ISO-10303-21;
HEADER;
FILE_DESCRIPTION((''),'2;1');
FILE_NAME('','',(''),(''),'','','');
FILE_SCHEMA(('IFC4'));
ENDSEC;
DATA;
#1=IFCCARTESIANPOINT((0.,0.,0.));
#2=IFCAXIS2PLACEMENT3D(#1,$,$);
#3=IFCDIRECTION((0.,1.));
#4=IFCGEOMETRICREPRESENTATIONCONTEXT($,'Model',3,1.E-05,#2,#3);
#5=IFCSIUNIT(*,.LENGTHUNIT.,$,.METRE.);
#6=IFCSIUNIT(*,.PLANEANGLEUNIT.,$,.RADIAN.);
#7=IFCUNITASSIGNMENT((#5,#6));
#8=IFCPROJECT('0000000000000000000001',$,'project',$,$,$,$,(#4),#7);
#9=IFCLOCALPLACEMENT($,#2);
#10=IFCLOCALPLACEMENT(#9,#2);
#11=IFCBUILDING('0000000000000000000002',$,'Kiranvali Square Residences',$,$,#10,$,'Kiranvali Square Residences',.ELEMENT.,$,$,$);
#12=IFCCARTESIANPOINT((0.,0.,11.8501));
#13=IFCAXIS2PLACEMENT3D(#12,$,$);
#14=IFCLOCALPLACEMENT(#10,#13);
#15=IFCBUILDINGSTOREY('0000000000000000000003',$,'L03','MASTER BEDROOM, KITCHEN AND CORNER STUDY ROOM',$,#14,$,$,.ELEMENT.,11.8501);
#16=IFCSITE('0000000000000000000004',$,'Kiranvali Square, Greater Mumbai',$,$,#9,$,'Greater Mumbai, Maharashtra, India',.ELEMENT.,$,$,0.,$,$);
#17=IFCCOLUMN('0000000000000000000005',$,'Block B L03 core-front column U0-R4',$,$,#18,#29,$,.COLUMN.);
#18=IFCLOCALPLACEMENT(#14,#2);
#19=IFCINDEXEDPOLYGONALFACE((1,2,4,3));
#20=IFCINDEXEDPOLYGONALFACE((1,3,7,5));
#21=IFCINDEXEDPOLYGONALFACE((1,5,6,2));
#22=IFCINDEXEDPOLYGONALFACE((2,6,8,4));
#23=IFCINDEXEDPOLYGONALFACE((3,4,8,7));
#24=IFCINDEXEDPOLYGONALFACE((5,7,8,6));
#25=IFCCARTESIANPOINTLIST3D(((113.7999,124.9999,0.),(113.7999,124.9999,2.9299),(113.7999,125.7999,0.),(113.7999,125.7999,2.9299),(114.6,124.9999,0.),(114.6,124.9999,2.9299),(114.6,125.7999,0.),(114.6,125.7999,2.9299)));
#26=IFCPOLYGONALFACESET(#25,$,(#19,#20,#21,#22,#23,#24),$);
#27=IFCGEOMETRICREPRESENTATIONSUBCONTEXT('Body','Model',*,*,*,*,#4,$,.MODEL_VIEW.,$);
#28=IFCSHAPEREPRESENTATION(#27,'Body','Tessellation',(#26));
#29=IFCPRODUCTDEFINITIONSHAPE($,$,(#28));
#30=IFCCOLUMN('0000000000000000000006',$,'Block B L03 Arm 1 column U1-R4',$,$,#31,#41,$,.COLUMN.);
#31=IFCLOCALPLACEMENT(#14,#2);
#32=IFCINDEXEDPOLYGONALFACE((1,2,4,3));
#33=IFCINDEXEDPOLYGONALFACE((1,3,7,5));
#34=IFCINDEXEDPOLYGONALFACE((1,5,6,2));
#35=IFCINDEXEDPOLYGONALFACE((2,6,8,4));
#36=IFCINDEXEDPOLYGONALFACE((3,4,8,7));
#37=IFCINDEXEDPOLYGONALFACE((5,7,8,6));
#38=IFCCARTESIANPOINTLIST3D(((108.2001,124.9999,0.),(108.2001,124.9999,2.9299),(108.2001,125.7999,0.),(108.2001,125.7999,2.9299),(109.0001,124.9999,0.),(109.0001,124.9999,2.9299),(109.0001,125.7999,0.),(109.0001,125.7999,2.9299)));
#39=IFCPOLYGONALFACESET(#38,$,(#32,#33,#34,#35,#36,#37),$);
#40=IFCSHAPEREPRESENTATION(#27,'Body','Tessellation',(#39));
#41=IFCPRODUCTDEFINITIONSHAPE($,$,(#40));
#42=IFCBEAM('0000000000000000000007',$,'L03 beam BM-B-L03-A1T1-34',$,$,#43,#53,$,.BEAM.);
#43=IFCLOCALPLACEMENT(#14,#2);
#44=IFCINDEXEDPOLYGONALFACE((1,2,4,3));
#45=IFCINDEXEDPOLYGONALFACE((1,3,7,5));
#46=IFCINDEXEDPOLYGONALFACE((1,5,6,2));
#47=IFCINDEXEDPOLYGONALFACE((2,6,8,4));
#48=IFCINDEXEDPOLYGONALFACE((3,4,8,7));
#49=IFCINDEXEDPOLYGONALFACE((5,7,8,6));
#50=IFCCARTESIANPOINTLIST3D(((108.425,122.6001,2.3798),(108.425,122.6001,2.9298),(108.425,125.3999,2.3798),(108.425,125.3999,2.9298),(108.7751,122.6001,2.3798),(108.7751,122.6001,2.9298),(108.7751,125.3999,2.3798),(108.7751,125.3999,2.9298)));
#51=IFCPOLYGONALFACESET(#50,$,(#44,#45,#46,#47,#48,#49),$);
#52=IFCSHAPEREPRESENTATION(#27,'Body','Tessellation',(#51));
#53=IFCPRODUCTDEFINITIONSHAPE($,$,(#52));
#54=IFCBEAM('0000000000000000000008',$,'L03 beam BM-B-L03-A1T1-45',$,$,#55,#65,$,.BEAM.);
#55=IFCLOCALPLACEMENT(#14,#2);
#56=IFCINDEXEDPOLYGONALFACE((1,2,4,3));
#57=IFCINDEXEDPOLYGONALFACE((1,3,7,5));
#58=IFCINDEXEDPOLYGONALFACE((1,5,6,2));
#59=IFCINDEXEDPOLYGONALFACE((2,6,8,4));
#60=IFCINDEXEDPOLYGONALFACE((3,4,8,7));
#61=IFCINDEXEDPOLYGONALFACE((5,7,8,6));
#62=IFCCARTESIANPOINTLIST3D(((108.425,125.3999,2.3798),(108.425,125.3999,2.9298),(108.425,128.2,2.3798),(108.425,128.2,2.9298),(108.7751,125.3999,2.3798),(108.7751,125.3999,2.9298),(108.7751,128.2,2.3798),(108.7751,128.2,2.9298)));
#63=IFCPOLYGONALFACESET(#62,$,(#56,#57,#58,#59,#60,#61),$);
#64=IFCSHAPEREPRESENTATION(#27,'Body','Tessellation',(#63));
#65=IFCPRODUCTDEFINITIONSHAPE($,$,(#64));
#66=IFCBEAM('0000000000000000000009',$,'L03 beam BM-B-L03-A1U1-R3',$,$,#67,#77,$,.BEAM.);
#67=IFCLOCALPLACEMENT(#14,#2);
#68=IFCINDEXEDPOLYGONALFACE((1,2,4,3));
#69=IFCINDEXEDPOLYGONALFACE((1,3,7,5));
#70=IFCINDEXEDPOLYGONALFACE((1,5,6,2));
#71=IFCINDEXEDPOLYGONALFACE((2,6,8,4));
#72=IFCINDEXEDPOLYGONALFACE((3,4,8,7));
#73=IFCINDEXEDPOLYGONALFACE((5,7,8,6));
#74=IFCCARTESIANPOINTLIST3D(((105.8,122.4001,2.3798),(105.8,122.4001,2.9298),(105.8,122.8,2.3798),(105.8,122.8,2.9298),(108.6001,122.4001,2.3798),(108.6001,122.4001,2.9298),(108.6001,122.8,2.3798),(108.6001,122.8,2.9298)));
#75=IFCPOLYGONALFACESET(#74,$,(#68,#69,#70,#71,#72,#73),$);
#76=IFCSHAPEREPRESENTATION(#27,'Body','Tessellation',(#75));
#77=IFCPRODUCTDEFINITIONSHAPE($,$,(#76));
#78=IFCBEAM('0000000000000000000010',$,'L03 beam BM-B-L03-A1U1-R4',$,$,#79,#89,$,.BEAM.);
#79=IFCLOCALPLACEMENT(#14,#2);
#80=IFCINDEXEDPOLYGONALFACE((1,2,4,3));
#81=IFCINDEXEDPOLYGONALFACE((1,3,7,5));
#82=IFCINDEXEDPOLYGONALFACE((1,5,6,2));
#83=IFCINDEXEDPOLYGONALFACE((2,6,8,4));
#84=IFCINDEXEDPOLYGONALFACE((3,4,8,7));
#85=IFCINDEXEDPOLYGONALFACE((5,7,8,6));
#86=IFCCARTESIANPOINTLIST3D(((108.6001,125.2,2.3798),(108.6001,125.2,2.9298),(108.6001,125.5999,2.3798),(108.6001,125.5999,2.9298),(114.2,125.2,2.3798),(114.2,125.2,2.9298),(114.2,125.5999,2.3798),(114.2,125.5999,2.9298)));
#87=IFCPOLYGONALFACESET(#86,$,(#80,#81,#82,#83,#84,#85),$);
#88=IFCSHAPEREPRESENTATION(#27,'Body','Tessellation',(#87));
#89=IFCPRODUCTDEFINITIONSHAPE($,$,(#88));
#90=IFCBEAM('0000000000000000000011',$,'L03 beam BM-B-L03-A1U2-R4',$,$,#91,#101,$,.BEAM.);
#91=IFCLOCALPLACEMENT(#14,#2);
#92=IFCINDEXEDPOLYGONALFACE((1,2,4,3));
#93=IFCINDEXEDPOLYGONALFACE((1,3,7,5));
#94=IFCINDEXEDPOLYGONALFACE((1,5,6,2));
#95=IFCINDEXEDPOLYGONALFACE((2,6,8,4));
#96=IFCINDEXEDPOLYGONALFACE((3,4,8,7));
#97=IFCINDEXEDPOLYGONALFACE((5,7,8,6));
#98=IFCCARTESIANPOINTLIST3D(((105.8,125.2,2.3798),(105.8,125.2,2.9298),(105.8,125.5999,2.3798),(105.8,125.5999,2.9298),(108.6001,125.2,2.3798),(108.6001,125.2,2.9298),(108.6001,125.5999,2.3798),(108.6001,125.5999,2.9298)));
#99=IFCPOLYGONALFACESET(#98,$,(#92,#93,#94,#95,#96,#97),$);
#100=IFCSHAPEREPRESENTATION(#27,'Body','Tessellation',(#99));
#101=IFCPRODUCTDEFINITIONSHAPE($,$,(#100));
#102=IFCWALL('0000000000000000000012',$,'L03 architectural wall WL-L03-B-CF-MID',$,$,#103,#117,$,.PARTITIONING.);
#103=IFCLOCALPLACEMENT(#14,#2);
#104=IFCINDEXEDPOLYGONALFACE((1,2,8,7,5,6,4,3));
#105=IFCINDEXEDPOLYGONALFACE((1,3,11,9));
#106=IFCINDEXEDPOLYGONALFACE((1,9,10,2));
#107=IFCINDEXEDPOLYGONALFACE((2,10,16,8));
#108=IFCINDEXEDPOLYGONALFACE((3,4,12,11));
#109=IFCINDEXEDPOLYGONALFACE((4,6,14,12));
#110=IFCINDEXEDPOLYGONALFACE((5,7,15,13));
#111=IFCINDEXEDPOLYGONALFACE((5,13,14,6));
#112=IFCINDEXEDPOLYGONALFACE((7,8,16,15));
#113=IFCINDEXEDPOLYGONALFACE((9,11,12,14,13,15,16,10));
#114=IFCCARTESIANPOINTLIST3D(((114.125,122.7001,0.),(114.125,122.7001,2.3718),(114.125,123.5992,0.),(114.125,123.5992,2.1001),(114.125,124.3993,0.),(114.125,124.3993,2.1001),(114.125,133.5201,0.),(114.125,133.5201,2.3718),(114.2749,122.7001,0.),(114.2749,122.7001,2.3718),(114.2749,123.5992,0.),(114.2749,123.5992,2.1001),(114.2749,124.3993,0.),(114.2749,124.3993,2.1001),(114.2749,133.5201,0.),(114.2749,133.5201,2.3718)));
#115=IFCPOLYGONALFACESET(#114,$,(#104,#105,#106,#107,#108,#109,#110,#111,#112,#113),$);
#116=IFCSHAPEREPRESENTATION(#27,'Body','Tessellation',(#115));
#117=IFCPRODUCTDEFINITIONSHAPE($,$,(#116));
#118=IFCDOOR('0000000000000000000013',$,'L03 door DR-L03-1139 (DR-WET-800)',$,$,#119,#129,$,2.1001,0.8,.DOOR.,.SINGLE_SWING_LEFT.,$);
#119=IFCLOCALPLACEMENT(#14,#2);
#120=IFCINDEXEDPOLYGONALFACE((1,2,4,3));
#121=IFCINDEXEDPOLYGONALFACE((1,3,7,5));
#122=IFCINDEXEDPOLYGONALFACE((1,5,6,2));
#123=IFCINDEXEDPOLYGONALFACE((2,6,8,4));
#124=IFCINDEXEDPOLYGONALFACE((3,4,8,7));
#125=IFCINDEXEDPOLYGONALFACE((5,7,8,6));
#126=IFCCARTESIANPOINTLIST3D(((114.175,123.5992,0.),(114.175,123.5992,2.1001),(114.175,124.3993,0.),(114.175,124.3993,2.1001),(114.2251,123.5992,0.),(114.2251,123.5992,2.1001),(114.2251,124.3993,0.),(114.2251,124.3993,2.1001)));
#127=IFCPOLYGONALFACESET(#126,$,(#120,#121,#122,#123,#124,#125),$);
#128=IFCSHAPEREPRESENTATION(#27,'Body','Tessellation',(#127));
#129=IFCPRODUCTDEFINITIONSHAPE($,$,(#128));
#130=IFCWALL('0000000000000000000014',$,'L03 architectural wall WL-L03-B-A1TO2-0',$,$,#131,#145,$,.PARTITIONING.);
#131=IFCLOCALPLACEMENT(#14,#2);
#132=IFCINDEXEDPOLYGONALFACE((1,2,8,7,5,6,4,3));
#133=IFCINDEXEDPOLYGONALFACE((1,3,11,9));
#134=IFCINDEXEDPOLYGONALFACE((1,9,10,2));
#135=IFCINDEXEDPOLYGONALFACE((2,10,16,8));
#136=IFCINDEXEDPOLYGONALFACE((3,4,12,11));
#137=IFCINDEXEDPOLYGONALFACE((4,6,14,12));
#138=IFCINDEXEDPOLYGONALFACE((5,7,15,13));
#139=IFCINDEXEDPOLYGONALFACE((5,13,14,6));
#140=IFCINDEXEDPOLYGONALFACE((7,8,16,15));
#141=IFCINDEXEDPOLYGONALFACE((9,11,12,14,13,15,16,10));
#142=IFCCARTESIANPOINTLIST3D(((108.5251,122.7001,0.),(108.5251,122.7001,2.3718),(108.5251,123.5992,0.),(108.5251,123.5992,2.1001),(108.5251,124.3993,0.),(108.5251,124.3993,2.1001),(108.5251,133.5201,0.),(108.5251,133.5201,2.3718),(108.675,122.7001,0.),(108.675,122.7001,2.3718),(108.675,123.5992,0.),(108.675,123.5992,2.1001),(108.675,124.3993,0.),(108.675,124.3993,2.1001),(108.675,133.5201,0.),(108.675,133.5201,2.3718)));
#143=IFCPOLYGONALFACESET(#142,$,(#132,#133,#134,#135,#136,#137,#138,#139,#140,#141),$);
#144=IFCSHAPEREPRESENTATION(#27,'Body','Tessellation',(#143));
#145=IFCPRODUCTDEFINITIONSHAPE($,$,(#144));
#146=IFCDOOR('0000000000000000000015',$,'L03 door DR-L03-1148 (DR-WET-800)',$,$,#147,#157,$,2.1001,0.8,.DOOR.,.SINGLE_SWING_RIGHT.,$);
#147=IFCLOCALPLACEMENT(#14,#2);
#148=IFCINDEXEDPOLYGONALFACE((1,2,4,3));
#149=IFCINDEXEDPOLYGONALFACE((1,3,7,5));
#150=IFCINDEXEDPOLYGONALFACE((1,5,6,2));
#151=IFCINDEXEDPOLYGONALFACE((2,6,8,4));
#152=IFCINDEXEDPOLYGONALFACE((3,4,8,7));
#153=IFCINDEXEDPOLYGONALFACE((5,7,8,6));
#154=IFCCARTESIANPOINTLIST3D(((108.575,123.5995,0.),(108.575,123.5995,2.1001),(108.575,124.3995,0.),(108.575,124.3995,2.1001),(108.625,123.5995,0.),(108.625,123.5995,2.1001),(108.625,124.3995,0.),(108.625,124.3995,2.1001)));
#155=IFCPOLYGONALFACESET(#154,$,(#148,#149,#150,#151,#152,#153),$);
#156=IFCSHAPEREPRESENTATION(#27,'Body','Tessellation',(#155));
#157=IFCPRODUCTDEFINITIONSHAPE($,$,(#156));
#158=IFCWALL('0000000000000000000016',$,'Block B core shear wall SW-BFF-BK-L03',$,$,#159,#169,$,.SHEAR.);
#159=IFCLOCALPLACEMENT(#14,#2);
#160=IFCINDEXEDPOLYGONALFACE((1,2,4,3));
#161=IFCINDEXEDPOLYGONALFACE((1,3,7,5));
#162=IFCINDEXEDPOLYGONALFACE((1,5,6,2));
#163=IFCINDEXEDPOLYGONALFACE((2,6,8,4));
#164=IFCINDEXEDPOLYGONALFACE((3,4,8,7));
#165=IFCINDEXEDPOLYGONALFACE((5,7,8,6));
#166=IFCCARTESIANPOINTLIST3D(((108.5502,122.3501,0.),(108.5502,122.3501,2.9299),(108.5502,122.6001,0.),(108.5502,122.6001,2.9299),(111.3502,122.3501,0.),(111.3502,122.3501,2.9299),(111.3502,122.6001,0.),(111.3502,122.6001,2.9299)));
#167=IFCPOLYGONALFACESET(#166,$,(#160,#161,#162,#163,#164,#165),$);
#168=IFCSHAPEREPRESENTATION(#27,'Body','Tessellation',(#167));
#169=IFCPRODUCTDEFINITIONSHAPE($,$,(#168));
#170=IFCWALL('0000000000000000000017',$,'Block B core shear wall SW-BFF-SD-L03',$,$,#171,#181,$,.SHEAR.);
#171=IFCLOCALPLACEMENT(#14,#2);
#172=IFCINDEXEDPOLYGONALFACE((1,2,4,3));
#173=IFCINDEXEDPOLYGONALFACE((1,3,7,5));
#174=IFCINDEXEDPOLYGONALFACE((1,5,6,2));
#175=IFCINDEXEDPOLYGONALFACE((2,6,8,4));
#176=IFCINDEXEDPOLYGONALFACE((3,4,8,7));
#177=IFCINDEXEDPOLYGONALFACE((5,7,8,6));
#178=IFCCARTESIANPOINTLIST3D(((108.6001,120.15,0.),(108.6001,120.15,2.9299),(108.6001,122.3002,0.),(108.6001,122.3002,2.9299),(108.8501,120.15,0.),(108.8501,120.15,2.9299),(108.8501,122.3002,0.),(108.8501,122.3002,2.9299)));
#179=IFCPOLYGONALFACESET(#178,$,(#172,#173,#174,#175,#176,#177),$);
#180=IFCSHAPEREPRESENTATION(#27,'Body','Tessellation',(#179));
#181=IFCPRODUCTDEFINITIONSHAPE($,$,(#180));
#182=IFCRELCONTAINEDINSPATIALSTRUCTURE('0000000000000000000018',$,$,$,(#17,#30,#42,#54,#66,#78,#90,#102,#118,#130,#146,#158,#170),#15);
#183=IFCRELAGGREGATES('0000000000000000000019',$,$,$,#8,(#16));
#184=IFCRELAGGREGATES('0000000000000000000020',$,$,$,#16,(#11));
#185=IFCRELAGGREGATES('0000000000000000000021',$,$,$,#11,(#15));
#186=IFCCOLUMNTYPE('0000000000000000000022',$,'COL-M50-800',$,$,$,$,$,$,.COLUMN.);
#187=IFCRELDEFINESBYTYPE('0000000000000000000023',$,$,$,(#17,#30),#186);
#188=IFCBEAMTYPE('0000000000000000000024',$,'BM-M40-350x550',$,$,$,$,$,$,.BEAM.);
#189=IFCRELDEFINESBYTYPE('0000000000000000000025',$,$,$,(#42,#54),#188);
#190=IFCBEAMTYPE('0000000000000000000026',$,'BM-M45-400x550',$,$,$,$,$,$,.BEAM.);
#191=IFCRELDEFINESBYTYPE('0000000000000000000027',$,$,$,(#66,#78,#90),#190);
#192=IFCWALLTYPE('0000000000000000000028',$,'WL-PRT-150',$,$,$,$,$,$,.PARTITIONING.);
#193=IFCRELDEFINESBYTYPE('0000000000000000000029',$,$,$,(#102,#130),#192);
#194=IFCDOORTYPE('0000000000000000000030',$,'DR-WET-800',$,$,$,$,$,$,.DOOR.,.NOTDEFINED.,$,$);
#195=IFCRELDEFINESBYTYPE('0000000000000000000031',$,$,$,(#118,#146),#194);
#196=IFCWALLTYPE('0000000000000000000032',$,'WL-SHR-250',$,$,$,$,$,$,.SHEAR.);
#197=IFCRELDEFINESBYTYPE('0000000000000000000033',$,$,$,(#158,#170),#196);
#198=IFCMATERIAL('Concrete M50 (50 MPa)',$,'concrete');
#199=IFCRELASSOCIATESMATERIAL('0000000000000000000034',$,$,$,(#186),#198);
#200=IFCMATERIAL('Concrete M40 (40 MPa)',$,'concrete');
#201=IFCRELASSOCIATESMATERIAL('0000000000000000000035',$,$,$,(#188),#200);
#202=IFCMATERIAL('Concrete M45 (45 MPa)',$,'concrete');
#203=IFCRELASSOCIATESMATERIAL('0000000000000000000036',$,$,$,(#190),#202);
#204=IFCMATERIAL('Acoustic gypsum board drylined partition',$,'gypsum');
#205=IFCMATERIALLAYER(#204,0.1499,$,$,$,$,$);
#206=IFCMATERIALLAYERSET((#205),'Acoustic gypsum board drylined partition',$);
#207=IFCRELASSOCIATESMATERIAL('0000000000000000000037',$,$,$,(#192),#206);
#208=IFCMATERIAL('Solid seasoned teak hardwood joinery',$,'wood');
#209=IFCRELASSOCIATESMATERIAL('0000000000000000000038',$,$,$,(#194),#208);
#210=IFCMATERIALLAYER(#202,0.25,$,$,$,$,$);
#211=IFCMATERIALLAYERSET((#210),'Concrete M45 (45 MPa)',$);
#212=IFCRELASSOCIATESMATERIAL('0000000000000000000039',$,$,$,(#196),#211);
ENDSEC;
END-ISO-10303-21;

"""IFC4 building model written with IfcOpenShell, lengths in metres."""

from ifc_helpers import new_model, si_unit, direction, frame, frame_2d, origin, origin_2d, place, context, subcontext, project, spatial, rectangle, extrude, material, layer, layer_set, material_profile, profile_set, type_object, element, fill, save


model = new_model("IFC4")

# Units and contexts
model_context = context("Model", 3, precision=1e-05, world=origin(), true_north=direction((0.0, 1.0)))
body_context = subcontext(model_context, "Body", "Model", "MODEL_VIEW")
ifc_project = project(units=[si_unit("LENGTHUNIT", "METRE"), si_unit("PLANEANGLEUNIT", "RADIAN")], contexts=[model_context])

# Site, building, storey
site_placement = place(None, origin())
site = spatial("IfcSite", under=ifc_project, at=site_placement, Name="Kiranvali Square, Greater Mumbai", LongName="Greater Mumbai, Maharashtra, India", CompositionType="ELEMENT", RefElevation=0.0)
building_placement = place(site_placement, origin())
building = spatial("IfcBuilding", under=site, at=building_placement, Name="Kiranvali Square Residences", LongName="Kiranvali Square Residences", CompositionType="ELEMENT")
storey_placement = place(building_placement, frame((0.0, 0.0, 11.8501)))
storey = spatial("IfcBuildingStorey", under=building, at=storey_placement, Name="L03", Description="MASTER BEDROOM, KITCHEN AND CORNER STUDY ROOM", CompositionType="ELEMENT", Elevation=11.8501)

# Columns
ifc_material_1 = material(Name="Concrete M50 (50 MPa)", Category="concrete")
ifc_material_profile_1 = material_profile(ifc_material_1, rectangle(XDim=0.8, YDim=0.8, at=origin_2d()), Name="RC 800x800")
ifc_profile_set_1 = profile_set([ifc_material_profile_1], Name="Concrete M50 (50 MPa)")
column_type = type_object("IfcColumnType", Name="COL-M50-800", PredefinedType="COLUMN", material=ifc_profile_set_1)
for number, where, z_axis, x_axis, name in (
    (1, (114.2, 125.3999, 0.0), (0.0, 0.0, 1.0), (1.0, 0.0, 0.0), "Block B L03 core-front column U0-R4"),
    (2, (108.6001, 125.3999, 0.0), (0.0, 0.0, 1.0), (1.0, 0.0, 0.0), "Block B L03 Arm 1 column U1-R4"),
):
    element("IfcColumn", number, at=place(storey_placement, frame(where, z_axis=z_axis, x_axis=x_axis)), inside=storey, type_object=column_type, Name=name, PredefinedType="COLUMN", context=body_context, shape_type="SweptSolid", body=[
        extrude(rectangle(XDim=0.8, YDim=0.8, at=origin_2d()), origin(), (0.0, 0.0, 1.0), 2.9299),
    ])

# Beams
ifc_material_2 = material(Name="Concrete M40 (40 MPa)", Category="concrete")
ifc_material_profile_2 = material_profile(ifc_material_2, rectangle(XDim=0.3501, YDim=0.55, at=origin_2d()), Name="RC 350x550")
ifc_profile_set_2 = profile_set([ifc_material_profile_2], Name="Concrete M40 (40 MPa)")
beam_type_1 = type_object("IfcBeamType", Name="BM-M40-350x550", PredefinedType="BEAM", material=ifc_profile_set_2)
beam_1_placement = place(storey_placement, frame((108.6001, 122.6001, 2.6548), z_axis=(0.0, 1.0, 0.0), x_axis=(-1.0, 0.0, 0.0)))
element("IfcBeam", 3, at=beam_1_placement, inside=storey, type_object=beam_type_1, Name="L03 beam BM-B-L03-A1T1-34", PredefinedType="BEAM", context=body_context, shape_type="SweptSolid", body=[
    extrude(rectangle(XDim=0.3501, YDim=0.55, at=origin_2d()), origin(), (0.0, 0.0, 1.0), 2.7998),
])
beam_2_placement = place(storey_placement, frame((108.6001, 125.3999, 2.6548), z_axis=(0.0, 1.0, 0.0), x_axis=(-1.0, 0.0, 0.0)))
element("IfcBeam", 4, at=beam_2_placement, inside=storey, type_object=beam_type_1, Name="L03 beam BM-B-L03-A1T1-45", PredefinedType="BEAM", context=body_context, shape_type="SweptSolid", body=[
    extrude(rectangle(XDim=0.3501, YDim=0.55, at=origin_2d()), origin(), (0.0, 0.0, 1.0), 2.8),
])
ifc_material_3 = material(Name="Concrete M45 (45 MPa)", Category="concrete")
ifc_material_profile_3 = material_profile(ifc_material_3, rectangle(XDim=0.3999, YDim=0.55, at=origin_2d()), Name="RC 400x550")
ifc_profile_set_3 = profile_set([ifc_material_profile_3], Name="Concrete M45 (45 MPa)")
beam_type_2 = type_object("IfcBeamType", Name="BM-M45-400x550", PredefinedType="BEAM", material=ifc_profile_set_3)
beam_3_placement = place(storey_placement, frame((108.6001, 122.6001, 2.6548), z_axis=(-1.0, 0.0, 0.0), x_axis=(0.0, -1.0, 0.0)))
element("IfcBeam", 5, at=beam_3_placement, inside=storey, type_object=beam_type_2, Name="L03 beam BM-B-L03-A1U1-R3", PredefinedType="BEAM", context=body_context, shape_type="SweptSolid", body=[
    extrude(rectangle(XDim=0.3999, YDim=0.55, at=origin_2d()), origin(), (0.0, 0.0, 1.0), 2.8),
])
beam_4_placement = place(storey_placement, frame((114.2, 125.3999, 2.6548), z_axis=(-1.0, 0.0, 0.0), x_axis=(0.0, -1.0, 0.0)))
element("IfcBeam", 6, at=beam_4_placement, inside=storey, type_object=beam_type_2, Name="L03 beam BM-B-L03-A1U1-R4", PredefinedType="BEAM", context=body_context, shape_type="SweptSolid", body=[
    extrude(rectangle(XDim=0.3999, YDim=0.55, at=origin_2d()), origin(), (0.0, 0.0, 1.0), 5.5999),
])
beam_5_placement = place(storey_placement, frame((108.6001, 125.3999, 2.6548), z_axis=(-1.0, 0.0, 0.0), x_axis=(0.0, -1.0, 0.0)))
element("IfcBeam", 7, at=beam_5_placement, inside=storey, type_object=beam_type_2, Name="L03 beam BM-B-L03-A1U2-R4", PredefinedType="BEAM", context=body_context, shape_type="SweptSolid", body=[
    extrude(rectangle(XDim=0.3999, YDim=0.55, at=origin_2d()), origin(), (0.0, 0.0, 1.0), 2.8),
])

# Walls, openings, doors
ifc_material_4 = material(Name="Acoustic gypsum board drylined partition", Category="gypsum")
ifc_layer_1 = layer(ifc_material_4, 0.1499)
ifc_layer_set_1 = layer_set([ifc_layer_1], Name="Acoustic gypsum board drylined partition")
wall_type_1 = type_object("IfcWallType", Name="WL-PRT-150", PredefinedType="PARTITIONING", material=ifc_layer_set_1)
wall_1_placement = place(storey_placement, frame((114.2, 122.7, 0.0), z_axis=(0.0, 0.0, 1.0), x_axis=(0.0, 1.0, 0.0)))
wall_1 = element("IfcWall", 8, at=wall_1_placement, inside=storey, type_object=wall_type_1, Name="L03 architectural wall WL-L03-B-CF-MID", PredefinedType="PARTITIONING", context=body_context, shape_type="SweptSolid", body=[
    extrude(rectangle(XDim=10.8201, YDim=0.1499, at=frame_2d((5.4102, 0.0))), origin(), (0.0, 0.0, 1.0), 2.3718),
])
opening_1_placement = place(wall_1_placement, frame((0.8994, 0.0, 0.0)))
opening_1 = element("IfcOpeningElement", 9, at=opening_1_placement, cuts=wall_1, PredefinedType="OPENING", context=body_context, shape_type="SweptSolid", body=[
    extrude(rectangle(XDim=0.8, YDim=2.1001, at=frame_2d((0.3999, 1.05))), frame((0.0, 0.085, 0.0), z_axis=(0.0, -1.0, 0.0), x_axis=(1.0, 0.0, 0.0)), (0.0, 0.0, 1.0), 0.1699),
])
ifc_material_5 = material(Name="Solid seasoned teak hardwood joinery", Category="wood")
door_type_1 = type_object("IfcDoorType", Name="DR-WET-800", OperationType="NOTDEFINED", PredefinedType="DOOR", material=ifc_material_5)
door_1_placement = place(opening_1_placement, origin())
door_1 = element("IfcDoor", 10, at=door_1_placement, inside=storey, type_object=door_type_1, Name="L03 door DR-L03-1139 (DR-WET-800)", OperationType="SINGLE_SWING_LEFT", OverallHeight=2.1001, OverallWidth=0.8, PredefinedType="DOOR", context=body_context, shape_type="SweptSolid", body=[
    extrude(rectangle(XDim=0.8, YDim=2.1001, at=frame_2d((0.3999, 1.05))), frame((0.0, 0.0249, 0.0), z_axis=(0.0, -1.0, 0.0), x_axis=(1.0, 0.0, 0.0)), (0.0, 0.0, 1.0), 0.05),
])
fill(opening_1, door_1)
wall_2_placement = place(storey_placement, frame((108.6001, 122.7, 0.0), z_axis=(0.0, 0.0, 1.0), x_axis=(0.0, 1.0, 0.0)))
wall_2 = element("IfcWall", 11, at=wall_2_placement, inside=storey, type_object=wall_type_1, Name="L03 architectural wall WL-L03-B-A1TO2-0", PredefinedType="PARTITIONING", context=body_context, shape_type="SweptSolid", body=[
    extrude(rectangle(XDim=10.8201, YDim=0.1499, at=frame_2d((5.4102, 0.0))), origin(), (0.0, 0.0, 1.0), 2.3718),
])
opening_2_placement = place(wall_2_placement, frame((0.8994, 0.0, 0.0)))
opening_2 = element("IfcOpeningElement", 12, at=opening_2_placement, cuts=wall_2, PredefinedType="OPENING", context=body_context, shape_type="SweptSolid", body=[
    extrude(rectangle(XDim=0.8, YDim=2.1001, at=frame_2d((0.3999, 1.05))), frame((0.0, 0.085, 0.0), z_axis=(0.0, -1.0, 0.0), x_axis=(1.0, 0.0, 0.0)), (0.0, 0.0, 1.0), 0.1699),
])
door_2_placement = place(opening_2_placement, frame((0.8, 0.0, 0.0), z_axis=(0.0, 0.0, 1.0), x_axis=(-1.0, 0.0, 0.0)))
door_2 = element("IfcDoor", 13, at=door_2_placement, inside=storey, type_object=door_type_1, Name="L03 door DR-L03-1148 (DR-WET-800)", OperationType="SINGLE_SWING_RIGHT", OverallHeight=2.1001, OverallWidth=0.8, PredefinedType="DOOR", context=body_context, shape_type="SweptSolid", body=[
    extrude(rectangle(XDim=0.8, YDim=2.1001, at=frame_2d((0.3999, 1.05))), frame((0.0, 0.0249, 0.0), z_axis=(0.0, -1.0, 0.0), x_axis=(1.0, 0.0, 0.0)), (0.0, 0.0, 1.0), 0.05),
])
fill(opening_2, door_2)

# Walls
ifc_layer_2 = layer(ifc_material_3, 0.25)
ifc_layer_set_2 = layer_set([ifc_layer_2], Name="Concrete M45 (45 MPa)")
wall_type_2 = type_object("IfcWallType", Name="WL-SHR-250", PredefinedType="SHEAR", material=ifc_layer_set_2)
wall_3_placement = place(storey_placement, frame((111.3501, 122.4751, 0.0), z_axis=(0.0, 0.0, 1.0), x_axis=(-1.0, 0.0, 0.0)))
element("IfcWall", 14, at=wall_3_placement, inside=storey, type_object=wall_type_2, Name="Block B core shear wall SW-BFF-BK-L03", PredefinedType="SHEAR", context=body_context, shape_type="SweptSolid", body=[
    extrude(rectangle(XDim=2.8, YDim=0.25, at=frame_2d((1.3999, 0.0))), origin(), (0.0, 0.0, 1.0), 2.9299),
])
wall_4_placement = place(storey_placement, frame((108.7251, 120.1499, 0.0), z_axis=(0.0, 0.0, 1.0), x_axis=(0.0, 1.0, 0.0)))
element("IfcWall", 15, at=wall_4_placement, inside=storey, type_object=wall_type_2, Name="Block B core shear wall SW-BFF-SD-L03", PredefinedType="SHEAR", context=body_context, shape_type="SweptSolid", body=[
    extrude(rectangle(XDim=2.1501, YDim=0.25, at=frame_2d((1.0752, 0.0))), origin(), (0.0, 0.0, 1.0), 2.9299),
])

save(model, "model.ifc")
